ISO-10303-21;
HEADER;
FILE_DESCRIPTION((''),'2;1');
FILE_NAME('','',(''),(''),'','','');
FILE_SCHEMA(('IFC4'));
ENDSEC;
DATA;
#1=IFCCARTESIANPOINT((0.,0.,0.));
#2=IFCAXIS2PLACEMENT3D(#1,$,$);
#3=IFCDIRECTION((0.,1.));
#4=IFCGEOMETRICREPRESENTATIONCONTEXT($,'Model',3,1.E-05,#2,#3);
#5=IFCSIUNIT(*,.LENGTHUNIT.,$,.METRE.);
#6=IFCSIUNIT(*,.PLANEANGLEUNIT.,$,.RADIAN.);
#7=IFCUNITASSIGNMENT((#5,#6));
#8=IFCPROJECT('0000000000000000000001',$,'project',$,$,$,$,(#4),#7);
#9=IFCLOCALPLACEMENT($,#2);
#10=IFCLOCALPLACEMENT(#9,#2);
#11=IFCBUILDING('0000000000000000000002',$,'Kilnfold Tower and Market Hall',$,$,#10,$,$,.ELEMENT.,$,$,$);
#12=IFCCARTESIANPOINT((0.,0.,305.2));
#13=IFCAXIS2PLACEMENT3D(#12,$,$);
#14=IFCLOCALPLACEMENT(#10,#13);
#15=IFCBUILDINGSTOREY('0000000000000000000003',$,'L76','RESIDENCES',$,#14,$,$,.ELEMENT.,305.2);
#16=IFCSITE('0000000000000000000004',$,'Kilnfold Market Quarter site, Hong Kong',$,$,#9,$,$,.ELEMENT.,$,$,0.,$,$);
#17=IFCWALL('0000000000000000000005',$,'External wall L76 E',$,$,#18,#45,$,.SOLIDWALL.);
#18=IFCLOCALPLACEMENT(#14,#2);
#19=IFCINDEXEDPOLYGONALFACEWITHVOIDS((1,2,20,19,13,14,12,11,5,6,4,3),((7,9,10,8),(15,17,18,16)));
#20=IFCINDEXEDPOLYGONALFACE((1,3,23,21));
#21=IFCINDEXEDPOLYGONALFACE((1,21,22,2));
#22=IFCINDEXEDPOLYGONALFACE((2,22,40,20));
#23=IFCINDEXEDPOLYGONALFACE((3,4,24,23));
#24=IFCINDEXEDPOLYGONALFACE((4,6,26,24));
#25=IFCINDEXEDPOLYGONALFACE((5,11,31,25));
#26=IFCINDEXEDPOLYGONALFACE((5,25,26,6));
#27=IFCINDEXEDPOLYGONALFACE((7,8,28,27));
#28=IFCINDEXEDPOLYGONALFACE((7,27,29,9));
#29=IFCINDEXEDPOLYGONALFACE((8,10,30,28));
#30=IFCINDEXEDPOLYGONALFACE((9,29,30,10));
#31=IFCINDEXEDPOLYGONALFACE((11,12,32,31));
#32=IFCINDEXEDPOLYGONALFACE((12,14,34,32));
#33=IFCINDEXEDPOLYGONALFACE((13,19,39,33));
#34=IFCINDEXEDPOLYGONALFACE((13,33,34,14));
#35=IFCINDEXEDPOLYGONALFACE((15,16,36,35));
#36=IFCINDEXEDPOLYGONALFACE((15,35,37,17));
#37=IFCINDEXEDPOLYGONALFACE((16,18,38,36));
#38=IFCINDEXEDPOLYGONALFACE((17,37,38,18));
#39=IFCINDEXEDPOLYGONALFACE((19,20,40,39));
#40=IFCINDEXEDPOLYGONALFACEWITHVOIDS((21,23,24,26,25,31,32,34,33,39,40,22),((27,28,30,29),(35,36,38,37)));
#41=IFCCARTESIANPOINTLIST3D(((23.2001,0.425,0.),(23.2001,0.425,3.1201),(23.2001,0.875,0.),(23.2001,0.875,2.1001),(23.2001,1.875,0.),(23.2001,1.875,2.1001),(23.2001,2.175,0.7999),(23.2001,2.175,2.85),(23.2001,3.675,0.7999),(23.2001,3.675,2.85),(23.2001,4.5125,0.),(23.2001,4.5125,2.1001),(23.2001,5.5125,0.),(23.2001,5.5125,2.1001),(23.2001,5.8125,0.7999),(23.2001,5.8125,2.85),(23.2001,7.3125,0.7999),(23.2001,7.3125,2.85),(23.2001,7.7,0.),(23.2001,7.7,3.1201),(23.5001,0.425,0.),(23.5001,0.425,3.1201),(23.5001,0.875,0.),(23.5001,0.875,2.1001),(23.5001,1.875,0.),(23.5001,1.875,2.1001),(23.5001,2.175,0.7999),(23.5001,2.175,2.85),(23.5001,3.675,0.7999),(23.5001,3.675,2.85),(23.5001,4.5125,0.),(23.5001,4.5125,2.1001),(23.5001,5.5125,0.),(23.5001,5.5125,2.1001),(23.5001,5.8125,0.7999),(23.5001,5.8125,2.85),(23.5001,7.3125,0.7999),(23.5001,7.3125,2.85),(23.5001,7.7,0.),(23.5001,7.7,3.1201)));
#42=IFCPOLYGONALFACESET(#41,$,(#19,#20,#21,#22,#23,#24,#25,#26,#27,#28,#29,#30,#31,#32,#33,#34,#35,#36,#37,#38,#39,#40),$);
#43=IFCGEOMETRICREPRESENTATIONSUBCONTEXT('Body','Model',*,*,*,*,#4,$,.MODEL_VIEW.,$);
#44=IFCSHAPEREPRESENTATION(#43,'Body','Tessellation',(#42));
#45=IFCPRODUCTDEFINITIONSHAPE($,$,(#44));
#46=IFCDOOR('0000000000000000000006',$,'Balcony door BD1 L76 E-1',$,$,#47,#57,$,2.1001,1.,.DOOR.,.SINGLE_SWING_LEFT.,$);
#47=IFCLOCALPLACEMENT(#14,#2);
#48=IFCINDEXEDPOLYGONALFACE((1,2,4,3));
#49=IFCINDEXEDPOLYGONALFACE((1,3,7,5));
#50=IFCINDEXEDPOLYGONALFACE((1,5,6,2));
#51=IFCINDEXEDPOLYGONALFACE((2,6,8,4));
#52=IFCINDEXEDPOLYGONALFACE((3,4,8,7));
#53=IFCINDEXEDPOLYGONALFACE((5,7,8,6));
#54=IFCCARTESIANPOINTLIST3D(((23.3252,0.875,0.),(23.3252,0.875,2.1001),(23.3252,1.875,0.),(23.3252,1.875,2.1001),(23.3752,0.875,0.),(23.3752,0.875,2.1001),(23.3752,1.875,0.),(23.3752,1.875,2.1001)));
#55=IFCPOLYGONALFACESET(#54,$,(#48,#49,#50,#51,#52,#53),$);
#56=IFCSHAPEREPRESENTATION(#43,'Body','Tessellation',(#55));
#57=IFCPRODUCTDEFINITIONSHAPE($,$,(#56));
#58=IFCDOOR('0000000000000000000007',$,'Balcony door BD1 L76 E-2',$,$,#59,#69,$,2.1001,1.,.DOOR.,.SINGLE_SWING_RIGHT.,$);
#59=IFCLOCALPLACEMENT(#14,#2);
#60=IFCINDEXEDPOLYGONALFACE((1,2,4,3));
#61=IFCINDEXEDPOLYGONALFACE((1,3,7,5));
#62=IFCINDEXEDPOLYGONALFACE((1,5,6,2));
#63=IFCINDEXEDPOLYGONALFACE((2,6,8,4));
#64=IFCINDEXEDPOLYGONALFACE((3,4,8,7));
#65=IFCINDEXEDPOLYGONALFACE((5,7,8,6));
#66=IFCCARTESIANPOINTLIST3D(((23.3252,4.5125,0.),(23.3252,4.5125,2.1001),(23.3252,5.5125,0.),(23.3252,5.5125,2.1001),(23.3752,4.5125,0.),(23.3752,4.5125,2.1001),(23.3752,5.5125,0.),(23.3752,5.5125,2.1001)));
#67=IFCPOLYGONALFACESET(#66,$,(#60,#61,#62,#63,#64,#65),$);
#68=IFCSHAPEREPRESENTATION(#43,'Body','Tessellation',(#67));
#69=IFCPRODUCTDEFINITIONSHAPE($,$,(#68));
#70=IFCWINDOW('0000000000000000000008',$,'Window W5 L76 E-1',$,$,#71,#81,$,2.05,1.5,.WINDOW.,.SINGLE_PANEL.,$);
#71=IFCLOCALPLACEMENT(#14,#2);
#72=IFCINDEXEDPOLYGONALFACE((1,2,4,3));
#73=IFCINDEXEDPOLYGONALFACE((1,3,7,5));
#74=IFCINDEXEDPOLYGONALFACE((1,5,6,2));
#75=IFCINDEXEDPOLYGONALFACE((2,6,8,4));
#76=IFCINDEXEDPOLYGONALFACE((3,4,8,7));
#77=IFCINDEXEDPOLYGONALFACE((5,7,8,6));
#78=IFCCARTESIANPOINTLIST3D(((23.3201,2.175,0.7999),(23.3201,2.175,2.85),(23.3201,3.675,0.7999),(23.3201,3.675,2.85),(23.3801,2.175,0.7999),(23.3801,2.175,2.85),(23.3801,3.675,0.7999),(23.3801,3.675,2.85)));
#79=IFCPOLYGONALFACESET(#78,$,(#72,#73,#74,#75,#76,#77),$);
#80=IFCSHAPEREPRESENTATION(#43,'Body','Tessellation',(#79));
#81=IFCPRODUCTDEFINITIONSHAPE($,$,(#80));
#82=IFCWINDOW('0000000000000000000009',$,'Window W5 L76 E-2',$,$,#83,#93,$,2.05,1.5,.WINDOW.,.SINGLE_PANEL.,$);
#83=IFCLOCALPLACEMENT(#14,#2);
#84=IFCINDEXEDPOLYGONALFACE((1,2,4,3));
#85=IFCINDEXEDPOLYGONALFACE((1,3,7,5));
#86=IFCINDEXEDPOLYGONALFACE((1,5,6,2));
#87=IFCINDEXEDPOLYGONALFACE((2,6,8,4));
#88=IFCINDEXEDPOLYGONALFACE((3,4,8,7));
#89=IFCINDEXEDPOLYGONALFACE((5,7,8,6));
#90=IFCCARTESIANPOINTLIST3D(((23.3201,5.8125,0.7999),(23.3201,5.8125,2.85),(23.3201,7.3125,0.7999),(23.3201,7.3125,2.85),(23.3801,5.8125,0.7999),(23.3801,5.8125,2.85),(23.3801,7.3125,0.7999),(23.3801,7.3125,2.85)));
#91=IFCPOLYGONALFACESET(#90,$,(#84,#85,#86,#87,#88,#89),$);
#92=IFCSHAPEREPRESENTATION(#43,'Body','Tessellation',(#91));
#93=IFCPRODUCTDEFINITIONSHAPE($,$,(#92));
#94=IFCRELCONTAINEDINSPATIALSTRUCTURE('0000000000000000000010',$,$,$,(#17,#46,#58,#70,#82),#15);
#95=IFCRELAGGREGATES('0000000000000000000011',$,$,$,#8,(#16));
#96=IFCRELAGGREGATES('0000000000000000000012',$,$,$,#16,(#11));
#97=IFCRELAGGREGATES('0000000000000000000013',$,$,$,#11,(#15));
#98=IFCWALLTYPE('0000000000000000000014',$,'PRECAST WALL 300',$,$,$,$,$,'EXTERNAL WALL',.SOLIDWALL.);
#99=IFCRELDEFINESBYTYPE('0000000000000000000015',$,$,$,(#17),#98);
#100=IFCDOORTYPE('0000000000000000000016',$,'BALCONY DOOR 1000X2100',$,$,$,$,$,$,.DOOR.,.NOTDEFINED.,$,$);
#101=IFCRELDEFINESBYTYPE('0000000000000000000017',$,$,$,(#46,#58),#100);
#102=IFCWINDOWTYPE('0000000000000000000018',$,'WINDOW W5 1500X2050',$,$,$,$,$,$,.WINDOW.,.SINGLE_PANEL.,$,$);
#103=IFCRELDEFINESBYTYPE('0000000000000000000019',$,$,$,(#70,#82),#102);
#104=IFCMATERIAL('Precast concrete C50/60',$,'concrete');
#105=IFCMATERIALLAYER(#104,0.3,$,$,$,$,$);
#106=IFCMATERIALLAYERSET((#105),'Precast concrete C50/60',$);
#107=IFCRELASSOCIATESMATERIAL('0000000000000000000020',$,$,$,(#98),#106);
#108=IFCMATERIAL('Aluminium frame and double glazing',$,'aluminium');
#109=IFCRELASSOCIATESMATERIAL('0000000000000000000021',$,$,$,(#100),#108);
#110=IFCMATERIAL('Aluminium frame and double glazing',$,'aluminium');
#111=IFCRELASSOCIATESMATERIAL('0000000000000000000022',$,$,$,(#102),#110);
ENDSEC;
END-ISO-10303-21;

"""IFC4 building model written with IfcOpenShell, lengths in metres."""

from ifc_helpers import new_model, si_unit, direction, frame, frame_2d, origin, place, context, subcontext, project, spatial, rectangle, extrude, source, transform, mapped, material, layer, layer_set, type_object, element, fill, save


model = new_model("IFC4")

# Units and contexts
model_context = context("Model", 3, precision=1e-05, world=origin(), true_north=direction((0.0, 1.0)))
body_context = subcontext(model_context, "Body", "Model", "MODEL_VIEW")
ifc_project = project(units=[si_unit("LENGTHUNIT", "METRE"), si_unit("PLANEANGLEUNIT", "RADIAN")], contexts=[model_context])

# Site, building, storey
site_placement = place(None, origin())
site = spatial("IfcSite", under=ifc_project, at=site_placement, Name="Kilnfold Market Quarter site, Hong Kong", CompositionType="ELEMENT", RefElevation=0.0)
building_placement = place(site_placement, origin())
building = spatial("IfcBuilding", under=site, at=building_placement, Name="Kilnfold Tower and Market Hall", CompositionType="ELEMENT")
storey_placement = place(building_placement, frame((0.0, 0.0, 305.2)))
storey = spatial("IfcBuildingStorey", under=building, at=storey_placement, Name="L76", Description="RESIDENCES", CompositionType="ELEMENT", Elevation=305.2)

# Wall, openings, doors, windows
ifc_material_1 = material(Name="Precast concrete C50/60", Category="concrete")
ifc_layer_1 = layer(ifc_material_1, 0.3)
ifc_layer_set_1 = layer_set([ifc_layer_1], Name="Precast concrete C50/60")
wall_type_1 = type_object("IfcWallType", Name="PRECAST WALL 300", ElementType="EXTERNAL WALL", PredefinedType="SOLIDWALL", material=ifc_layer_set_1)
shared_shape_1 = source(origin(), body_context, "Body", "SweptSolid", [
    extrude(rectangle(XDim=7.2749, YDim=0.3, at=frame_2d((3.6375, 0.0))), origin(), (0.0, 0.0, 1.0), 3.1201),
])
wall_1_placement = place(storey_placement, frame((23.3501, 0.425, 0.0), z_axis=(0.0, 0.0, 1.0), x_axis=(0.0, 1.0, 0.0)))
wall_1 = element("IfcWall", 1, at=wall_1_placement, inside=storey, type_object=wall_type_1, Name="External wall L76 E", PredefinedType="SOLIDWALL", context=body_context, shape_type="MappedRepresentation", body=[
    mapped(shared_shape_1, transform((0.0, 0.0, 0.0))),
])
opening_1_placement = place(wall_1_placement, frame((1.75, 0.0, 0.8)))
opening_1 = element("IfcOpeningElement", 2, at=opening_1_placement, cuts=wall_1, PredefinedType="OPENING", context=body_context, shape_type="SweptSolid", body=[
    extrude(rectangle(XDim=1.5, YDim=2.05, at=frame_2d((0.75, 1.0249))), frame((0.0, 0.1602, 0.0), z_axis=(0.0, -1.0, 0.0), x_axis=(1.0, 0.0, 0.0)), (0.0, 0.0, 1.0), 0.3201),
])
opening_2_placement = place(wall_1_placement, frame((0.45, 0.0, 0.0)))
opening_2 = element("IfcOpeningElement", 3, at=opening_2_placement, cuts=wall_1, PredefinedType="OPENING", context=body_context, shape_type="SweptSolid", body=[
    extrude(rectangle(XDim=1.0, YDim=2.1001, at=frame_2d((0.5, 1.05))), frame((0.0, 0.1602, 0.0), z_axis=(0.0, -1.0, 0.0), x_axis=(1.0, 0.0, 0.0)), (0.0, 0.0, 1.0), 0.3201),
])
opening_3_placement = place(wall_1_placement, frame((5.3875, 0.0, 0.8)))
opening_3 = element("IfcOpeningElement", 4, at=opening_3_placement, cuts=wall_1, PredefinedType="OPENING", context=body_context, shape_type="SweptSolid", body=[
    extrude(rectangle(XDim=1.5, YDim=2.05, at=frame_2d((0.75, 1.0249))), frame((0.0, 0.1602, 0.0), z_axis=(0.0, -1.0, 0.0), x_axis=(1.0, 0.0, 0.0)), (0.0, 0.0, 1.0), 0.3201),
])
opening_4_placement = place(wall_1_placement, frame((4.0874, 0.0, 0.0)))
opening_4 = element("IfcOpeningElement", 5, at=opening_4_placement, cuts=wall_1, PredefinedType="OPENING", context=body_context, shape_type="SweptSolid", body=[
    extrude(rectangle(XDim=1.0, YDim=2.1001, at=frame_2d((0.5, 1.05))), frame((0.0, 0.1602, 0.0), z_axis=(0.0, -1.0, 0.0), x_axis=(1.0, 0.0, 0.0)), (0.0, 0.0, 1.0), 0.3201),
])
ifc_material_2 = material(Name="Aluminium frame and double glazing", Category="aluminium")
door_type = type_object("IfcDoorType", Name="BALCONY DOOR 1000X2100", OperationType="NOTDEFINED", PredefinedType="DOOR", material=ifc_material_2)
door_1_placement = place(opening_2_placement, origin())
door_1 = element("IfcDoor", 6, at=door_1_placement, inside=storey, type_object=door_type, Name="Balcony door BD1 L76 E-1", OperationType="SINGLE_SWING_LEFT", OverallHeight=2.1001, OverallWidth=1.0, PredefinedType="DOOR", context=body_context, shape_type="SweptSolid", body=[
    extrude(rectangle(XDim=1.0, YDim=2.1001, at=frame_2d((0.5, 1.05))), frame((0.0, 0.0249, 0.0), z_axis=(0.0, -1.0, 0.0), x_axis=(1.0, 0.0, 0.0)), (0.0, 0.0, 1.0), 0.05),
])
fill(opening_2, door_1)
door_2_placement = place(opening_4_placement, origin())
door_2 = element("IfcDoor", 7, at=door_2_placement, inside=storey, type_object=door_type, Name="Balcony door BD1 L76 E-2", OperationType="SINGLE_SWING_RIGHT", OverallHeight=2.1001, OverallWidth=1.0, PredefinedType="DOOR", context=body_context, shape_type="SweptSolid", body=[
    extrude(rectangle(XDim=1.0, YDim=2.1001, at=frame_2d((0.5, 1.05))), frame((0.0, 0.0249, 0.0), z_axis=(0.0, -1.0, 0.0), x_axis=(1.0, 0.0, 0.0)), (0.0, 0.0, 1.0), 0.05),
])
fill(opening_4, door_2)
ifc_material_3 = material(Name="Aluminium frame and double glazing", Category="aluminium")
window_type = type_object("IfcWindowType", Name="WINDOW W5 1500X2050", PartitioningType="SINGLE_PANEL", PredefinedType="WINDOW", material=ifc_material_3)
window_1_placement = place(opening_1_placement, origin())
window_1 = element("IfcWindow", 8, at=window_1_placement, inside=storey, type_object=window_type, Name="Window W5 L76 E-1", OverallHeight=2.05, OverallWidth=1.5, PartitioningType="SINGLE_PANEL", PredefinedType="WINDOW", context=body_context, shape_type="SweptSolid", body=[
    extrude(rectangle(XDim=1.5, YDim=2.05, at=frame_2d((0.75, 1.0249))), frame((0.0, 0.03, 0.0), z_axis=(0.0, -1.0, 0.0), x_axis=(1.0, 0.0, 0.0)), (0.0, 0.0, 1.0), 0.0601),
])
fill(opening_1, window_1)
window_2_placement = place(opening_3_placement, origin())
window_2 = element("IfcWindow", 9, at=window_2_placement, inside=storey, type_object=window_type, Name="Window W5 L76 E-2", OverallHeight=2.05, OverallWidth=1.5, PartitioningType="SINGLE_PANEL", PredefinedType="WINDOW", context=body_context, shape_type="SweptSolid", body=[
    extrude(rectangle(XDim=1.5, YDim=2.05, at=frame_2d((0.75, 1.0249))), frame((0.0, 0.03, 0.0), z_axis=(0.0, -1.0, 0.0), x_axis=(1.0, 0.0, 0.0)), (0.0, 0.0, 1.0), 0.0601),
])
fill(opening_3, window_2)

save(model, "model.ifc")
